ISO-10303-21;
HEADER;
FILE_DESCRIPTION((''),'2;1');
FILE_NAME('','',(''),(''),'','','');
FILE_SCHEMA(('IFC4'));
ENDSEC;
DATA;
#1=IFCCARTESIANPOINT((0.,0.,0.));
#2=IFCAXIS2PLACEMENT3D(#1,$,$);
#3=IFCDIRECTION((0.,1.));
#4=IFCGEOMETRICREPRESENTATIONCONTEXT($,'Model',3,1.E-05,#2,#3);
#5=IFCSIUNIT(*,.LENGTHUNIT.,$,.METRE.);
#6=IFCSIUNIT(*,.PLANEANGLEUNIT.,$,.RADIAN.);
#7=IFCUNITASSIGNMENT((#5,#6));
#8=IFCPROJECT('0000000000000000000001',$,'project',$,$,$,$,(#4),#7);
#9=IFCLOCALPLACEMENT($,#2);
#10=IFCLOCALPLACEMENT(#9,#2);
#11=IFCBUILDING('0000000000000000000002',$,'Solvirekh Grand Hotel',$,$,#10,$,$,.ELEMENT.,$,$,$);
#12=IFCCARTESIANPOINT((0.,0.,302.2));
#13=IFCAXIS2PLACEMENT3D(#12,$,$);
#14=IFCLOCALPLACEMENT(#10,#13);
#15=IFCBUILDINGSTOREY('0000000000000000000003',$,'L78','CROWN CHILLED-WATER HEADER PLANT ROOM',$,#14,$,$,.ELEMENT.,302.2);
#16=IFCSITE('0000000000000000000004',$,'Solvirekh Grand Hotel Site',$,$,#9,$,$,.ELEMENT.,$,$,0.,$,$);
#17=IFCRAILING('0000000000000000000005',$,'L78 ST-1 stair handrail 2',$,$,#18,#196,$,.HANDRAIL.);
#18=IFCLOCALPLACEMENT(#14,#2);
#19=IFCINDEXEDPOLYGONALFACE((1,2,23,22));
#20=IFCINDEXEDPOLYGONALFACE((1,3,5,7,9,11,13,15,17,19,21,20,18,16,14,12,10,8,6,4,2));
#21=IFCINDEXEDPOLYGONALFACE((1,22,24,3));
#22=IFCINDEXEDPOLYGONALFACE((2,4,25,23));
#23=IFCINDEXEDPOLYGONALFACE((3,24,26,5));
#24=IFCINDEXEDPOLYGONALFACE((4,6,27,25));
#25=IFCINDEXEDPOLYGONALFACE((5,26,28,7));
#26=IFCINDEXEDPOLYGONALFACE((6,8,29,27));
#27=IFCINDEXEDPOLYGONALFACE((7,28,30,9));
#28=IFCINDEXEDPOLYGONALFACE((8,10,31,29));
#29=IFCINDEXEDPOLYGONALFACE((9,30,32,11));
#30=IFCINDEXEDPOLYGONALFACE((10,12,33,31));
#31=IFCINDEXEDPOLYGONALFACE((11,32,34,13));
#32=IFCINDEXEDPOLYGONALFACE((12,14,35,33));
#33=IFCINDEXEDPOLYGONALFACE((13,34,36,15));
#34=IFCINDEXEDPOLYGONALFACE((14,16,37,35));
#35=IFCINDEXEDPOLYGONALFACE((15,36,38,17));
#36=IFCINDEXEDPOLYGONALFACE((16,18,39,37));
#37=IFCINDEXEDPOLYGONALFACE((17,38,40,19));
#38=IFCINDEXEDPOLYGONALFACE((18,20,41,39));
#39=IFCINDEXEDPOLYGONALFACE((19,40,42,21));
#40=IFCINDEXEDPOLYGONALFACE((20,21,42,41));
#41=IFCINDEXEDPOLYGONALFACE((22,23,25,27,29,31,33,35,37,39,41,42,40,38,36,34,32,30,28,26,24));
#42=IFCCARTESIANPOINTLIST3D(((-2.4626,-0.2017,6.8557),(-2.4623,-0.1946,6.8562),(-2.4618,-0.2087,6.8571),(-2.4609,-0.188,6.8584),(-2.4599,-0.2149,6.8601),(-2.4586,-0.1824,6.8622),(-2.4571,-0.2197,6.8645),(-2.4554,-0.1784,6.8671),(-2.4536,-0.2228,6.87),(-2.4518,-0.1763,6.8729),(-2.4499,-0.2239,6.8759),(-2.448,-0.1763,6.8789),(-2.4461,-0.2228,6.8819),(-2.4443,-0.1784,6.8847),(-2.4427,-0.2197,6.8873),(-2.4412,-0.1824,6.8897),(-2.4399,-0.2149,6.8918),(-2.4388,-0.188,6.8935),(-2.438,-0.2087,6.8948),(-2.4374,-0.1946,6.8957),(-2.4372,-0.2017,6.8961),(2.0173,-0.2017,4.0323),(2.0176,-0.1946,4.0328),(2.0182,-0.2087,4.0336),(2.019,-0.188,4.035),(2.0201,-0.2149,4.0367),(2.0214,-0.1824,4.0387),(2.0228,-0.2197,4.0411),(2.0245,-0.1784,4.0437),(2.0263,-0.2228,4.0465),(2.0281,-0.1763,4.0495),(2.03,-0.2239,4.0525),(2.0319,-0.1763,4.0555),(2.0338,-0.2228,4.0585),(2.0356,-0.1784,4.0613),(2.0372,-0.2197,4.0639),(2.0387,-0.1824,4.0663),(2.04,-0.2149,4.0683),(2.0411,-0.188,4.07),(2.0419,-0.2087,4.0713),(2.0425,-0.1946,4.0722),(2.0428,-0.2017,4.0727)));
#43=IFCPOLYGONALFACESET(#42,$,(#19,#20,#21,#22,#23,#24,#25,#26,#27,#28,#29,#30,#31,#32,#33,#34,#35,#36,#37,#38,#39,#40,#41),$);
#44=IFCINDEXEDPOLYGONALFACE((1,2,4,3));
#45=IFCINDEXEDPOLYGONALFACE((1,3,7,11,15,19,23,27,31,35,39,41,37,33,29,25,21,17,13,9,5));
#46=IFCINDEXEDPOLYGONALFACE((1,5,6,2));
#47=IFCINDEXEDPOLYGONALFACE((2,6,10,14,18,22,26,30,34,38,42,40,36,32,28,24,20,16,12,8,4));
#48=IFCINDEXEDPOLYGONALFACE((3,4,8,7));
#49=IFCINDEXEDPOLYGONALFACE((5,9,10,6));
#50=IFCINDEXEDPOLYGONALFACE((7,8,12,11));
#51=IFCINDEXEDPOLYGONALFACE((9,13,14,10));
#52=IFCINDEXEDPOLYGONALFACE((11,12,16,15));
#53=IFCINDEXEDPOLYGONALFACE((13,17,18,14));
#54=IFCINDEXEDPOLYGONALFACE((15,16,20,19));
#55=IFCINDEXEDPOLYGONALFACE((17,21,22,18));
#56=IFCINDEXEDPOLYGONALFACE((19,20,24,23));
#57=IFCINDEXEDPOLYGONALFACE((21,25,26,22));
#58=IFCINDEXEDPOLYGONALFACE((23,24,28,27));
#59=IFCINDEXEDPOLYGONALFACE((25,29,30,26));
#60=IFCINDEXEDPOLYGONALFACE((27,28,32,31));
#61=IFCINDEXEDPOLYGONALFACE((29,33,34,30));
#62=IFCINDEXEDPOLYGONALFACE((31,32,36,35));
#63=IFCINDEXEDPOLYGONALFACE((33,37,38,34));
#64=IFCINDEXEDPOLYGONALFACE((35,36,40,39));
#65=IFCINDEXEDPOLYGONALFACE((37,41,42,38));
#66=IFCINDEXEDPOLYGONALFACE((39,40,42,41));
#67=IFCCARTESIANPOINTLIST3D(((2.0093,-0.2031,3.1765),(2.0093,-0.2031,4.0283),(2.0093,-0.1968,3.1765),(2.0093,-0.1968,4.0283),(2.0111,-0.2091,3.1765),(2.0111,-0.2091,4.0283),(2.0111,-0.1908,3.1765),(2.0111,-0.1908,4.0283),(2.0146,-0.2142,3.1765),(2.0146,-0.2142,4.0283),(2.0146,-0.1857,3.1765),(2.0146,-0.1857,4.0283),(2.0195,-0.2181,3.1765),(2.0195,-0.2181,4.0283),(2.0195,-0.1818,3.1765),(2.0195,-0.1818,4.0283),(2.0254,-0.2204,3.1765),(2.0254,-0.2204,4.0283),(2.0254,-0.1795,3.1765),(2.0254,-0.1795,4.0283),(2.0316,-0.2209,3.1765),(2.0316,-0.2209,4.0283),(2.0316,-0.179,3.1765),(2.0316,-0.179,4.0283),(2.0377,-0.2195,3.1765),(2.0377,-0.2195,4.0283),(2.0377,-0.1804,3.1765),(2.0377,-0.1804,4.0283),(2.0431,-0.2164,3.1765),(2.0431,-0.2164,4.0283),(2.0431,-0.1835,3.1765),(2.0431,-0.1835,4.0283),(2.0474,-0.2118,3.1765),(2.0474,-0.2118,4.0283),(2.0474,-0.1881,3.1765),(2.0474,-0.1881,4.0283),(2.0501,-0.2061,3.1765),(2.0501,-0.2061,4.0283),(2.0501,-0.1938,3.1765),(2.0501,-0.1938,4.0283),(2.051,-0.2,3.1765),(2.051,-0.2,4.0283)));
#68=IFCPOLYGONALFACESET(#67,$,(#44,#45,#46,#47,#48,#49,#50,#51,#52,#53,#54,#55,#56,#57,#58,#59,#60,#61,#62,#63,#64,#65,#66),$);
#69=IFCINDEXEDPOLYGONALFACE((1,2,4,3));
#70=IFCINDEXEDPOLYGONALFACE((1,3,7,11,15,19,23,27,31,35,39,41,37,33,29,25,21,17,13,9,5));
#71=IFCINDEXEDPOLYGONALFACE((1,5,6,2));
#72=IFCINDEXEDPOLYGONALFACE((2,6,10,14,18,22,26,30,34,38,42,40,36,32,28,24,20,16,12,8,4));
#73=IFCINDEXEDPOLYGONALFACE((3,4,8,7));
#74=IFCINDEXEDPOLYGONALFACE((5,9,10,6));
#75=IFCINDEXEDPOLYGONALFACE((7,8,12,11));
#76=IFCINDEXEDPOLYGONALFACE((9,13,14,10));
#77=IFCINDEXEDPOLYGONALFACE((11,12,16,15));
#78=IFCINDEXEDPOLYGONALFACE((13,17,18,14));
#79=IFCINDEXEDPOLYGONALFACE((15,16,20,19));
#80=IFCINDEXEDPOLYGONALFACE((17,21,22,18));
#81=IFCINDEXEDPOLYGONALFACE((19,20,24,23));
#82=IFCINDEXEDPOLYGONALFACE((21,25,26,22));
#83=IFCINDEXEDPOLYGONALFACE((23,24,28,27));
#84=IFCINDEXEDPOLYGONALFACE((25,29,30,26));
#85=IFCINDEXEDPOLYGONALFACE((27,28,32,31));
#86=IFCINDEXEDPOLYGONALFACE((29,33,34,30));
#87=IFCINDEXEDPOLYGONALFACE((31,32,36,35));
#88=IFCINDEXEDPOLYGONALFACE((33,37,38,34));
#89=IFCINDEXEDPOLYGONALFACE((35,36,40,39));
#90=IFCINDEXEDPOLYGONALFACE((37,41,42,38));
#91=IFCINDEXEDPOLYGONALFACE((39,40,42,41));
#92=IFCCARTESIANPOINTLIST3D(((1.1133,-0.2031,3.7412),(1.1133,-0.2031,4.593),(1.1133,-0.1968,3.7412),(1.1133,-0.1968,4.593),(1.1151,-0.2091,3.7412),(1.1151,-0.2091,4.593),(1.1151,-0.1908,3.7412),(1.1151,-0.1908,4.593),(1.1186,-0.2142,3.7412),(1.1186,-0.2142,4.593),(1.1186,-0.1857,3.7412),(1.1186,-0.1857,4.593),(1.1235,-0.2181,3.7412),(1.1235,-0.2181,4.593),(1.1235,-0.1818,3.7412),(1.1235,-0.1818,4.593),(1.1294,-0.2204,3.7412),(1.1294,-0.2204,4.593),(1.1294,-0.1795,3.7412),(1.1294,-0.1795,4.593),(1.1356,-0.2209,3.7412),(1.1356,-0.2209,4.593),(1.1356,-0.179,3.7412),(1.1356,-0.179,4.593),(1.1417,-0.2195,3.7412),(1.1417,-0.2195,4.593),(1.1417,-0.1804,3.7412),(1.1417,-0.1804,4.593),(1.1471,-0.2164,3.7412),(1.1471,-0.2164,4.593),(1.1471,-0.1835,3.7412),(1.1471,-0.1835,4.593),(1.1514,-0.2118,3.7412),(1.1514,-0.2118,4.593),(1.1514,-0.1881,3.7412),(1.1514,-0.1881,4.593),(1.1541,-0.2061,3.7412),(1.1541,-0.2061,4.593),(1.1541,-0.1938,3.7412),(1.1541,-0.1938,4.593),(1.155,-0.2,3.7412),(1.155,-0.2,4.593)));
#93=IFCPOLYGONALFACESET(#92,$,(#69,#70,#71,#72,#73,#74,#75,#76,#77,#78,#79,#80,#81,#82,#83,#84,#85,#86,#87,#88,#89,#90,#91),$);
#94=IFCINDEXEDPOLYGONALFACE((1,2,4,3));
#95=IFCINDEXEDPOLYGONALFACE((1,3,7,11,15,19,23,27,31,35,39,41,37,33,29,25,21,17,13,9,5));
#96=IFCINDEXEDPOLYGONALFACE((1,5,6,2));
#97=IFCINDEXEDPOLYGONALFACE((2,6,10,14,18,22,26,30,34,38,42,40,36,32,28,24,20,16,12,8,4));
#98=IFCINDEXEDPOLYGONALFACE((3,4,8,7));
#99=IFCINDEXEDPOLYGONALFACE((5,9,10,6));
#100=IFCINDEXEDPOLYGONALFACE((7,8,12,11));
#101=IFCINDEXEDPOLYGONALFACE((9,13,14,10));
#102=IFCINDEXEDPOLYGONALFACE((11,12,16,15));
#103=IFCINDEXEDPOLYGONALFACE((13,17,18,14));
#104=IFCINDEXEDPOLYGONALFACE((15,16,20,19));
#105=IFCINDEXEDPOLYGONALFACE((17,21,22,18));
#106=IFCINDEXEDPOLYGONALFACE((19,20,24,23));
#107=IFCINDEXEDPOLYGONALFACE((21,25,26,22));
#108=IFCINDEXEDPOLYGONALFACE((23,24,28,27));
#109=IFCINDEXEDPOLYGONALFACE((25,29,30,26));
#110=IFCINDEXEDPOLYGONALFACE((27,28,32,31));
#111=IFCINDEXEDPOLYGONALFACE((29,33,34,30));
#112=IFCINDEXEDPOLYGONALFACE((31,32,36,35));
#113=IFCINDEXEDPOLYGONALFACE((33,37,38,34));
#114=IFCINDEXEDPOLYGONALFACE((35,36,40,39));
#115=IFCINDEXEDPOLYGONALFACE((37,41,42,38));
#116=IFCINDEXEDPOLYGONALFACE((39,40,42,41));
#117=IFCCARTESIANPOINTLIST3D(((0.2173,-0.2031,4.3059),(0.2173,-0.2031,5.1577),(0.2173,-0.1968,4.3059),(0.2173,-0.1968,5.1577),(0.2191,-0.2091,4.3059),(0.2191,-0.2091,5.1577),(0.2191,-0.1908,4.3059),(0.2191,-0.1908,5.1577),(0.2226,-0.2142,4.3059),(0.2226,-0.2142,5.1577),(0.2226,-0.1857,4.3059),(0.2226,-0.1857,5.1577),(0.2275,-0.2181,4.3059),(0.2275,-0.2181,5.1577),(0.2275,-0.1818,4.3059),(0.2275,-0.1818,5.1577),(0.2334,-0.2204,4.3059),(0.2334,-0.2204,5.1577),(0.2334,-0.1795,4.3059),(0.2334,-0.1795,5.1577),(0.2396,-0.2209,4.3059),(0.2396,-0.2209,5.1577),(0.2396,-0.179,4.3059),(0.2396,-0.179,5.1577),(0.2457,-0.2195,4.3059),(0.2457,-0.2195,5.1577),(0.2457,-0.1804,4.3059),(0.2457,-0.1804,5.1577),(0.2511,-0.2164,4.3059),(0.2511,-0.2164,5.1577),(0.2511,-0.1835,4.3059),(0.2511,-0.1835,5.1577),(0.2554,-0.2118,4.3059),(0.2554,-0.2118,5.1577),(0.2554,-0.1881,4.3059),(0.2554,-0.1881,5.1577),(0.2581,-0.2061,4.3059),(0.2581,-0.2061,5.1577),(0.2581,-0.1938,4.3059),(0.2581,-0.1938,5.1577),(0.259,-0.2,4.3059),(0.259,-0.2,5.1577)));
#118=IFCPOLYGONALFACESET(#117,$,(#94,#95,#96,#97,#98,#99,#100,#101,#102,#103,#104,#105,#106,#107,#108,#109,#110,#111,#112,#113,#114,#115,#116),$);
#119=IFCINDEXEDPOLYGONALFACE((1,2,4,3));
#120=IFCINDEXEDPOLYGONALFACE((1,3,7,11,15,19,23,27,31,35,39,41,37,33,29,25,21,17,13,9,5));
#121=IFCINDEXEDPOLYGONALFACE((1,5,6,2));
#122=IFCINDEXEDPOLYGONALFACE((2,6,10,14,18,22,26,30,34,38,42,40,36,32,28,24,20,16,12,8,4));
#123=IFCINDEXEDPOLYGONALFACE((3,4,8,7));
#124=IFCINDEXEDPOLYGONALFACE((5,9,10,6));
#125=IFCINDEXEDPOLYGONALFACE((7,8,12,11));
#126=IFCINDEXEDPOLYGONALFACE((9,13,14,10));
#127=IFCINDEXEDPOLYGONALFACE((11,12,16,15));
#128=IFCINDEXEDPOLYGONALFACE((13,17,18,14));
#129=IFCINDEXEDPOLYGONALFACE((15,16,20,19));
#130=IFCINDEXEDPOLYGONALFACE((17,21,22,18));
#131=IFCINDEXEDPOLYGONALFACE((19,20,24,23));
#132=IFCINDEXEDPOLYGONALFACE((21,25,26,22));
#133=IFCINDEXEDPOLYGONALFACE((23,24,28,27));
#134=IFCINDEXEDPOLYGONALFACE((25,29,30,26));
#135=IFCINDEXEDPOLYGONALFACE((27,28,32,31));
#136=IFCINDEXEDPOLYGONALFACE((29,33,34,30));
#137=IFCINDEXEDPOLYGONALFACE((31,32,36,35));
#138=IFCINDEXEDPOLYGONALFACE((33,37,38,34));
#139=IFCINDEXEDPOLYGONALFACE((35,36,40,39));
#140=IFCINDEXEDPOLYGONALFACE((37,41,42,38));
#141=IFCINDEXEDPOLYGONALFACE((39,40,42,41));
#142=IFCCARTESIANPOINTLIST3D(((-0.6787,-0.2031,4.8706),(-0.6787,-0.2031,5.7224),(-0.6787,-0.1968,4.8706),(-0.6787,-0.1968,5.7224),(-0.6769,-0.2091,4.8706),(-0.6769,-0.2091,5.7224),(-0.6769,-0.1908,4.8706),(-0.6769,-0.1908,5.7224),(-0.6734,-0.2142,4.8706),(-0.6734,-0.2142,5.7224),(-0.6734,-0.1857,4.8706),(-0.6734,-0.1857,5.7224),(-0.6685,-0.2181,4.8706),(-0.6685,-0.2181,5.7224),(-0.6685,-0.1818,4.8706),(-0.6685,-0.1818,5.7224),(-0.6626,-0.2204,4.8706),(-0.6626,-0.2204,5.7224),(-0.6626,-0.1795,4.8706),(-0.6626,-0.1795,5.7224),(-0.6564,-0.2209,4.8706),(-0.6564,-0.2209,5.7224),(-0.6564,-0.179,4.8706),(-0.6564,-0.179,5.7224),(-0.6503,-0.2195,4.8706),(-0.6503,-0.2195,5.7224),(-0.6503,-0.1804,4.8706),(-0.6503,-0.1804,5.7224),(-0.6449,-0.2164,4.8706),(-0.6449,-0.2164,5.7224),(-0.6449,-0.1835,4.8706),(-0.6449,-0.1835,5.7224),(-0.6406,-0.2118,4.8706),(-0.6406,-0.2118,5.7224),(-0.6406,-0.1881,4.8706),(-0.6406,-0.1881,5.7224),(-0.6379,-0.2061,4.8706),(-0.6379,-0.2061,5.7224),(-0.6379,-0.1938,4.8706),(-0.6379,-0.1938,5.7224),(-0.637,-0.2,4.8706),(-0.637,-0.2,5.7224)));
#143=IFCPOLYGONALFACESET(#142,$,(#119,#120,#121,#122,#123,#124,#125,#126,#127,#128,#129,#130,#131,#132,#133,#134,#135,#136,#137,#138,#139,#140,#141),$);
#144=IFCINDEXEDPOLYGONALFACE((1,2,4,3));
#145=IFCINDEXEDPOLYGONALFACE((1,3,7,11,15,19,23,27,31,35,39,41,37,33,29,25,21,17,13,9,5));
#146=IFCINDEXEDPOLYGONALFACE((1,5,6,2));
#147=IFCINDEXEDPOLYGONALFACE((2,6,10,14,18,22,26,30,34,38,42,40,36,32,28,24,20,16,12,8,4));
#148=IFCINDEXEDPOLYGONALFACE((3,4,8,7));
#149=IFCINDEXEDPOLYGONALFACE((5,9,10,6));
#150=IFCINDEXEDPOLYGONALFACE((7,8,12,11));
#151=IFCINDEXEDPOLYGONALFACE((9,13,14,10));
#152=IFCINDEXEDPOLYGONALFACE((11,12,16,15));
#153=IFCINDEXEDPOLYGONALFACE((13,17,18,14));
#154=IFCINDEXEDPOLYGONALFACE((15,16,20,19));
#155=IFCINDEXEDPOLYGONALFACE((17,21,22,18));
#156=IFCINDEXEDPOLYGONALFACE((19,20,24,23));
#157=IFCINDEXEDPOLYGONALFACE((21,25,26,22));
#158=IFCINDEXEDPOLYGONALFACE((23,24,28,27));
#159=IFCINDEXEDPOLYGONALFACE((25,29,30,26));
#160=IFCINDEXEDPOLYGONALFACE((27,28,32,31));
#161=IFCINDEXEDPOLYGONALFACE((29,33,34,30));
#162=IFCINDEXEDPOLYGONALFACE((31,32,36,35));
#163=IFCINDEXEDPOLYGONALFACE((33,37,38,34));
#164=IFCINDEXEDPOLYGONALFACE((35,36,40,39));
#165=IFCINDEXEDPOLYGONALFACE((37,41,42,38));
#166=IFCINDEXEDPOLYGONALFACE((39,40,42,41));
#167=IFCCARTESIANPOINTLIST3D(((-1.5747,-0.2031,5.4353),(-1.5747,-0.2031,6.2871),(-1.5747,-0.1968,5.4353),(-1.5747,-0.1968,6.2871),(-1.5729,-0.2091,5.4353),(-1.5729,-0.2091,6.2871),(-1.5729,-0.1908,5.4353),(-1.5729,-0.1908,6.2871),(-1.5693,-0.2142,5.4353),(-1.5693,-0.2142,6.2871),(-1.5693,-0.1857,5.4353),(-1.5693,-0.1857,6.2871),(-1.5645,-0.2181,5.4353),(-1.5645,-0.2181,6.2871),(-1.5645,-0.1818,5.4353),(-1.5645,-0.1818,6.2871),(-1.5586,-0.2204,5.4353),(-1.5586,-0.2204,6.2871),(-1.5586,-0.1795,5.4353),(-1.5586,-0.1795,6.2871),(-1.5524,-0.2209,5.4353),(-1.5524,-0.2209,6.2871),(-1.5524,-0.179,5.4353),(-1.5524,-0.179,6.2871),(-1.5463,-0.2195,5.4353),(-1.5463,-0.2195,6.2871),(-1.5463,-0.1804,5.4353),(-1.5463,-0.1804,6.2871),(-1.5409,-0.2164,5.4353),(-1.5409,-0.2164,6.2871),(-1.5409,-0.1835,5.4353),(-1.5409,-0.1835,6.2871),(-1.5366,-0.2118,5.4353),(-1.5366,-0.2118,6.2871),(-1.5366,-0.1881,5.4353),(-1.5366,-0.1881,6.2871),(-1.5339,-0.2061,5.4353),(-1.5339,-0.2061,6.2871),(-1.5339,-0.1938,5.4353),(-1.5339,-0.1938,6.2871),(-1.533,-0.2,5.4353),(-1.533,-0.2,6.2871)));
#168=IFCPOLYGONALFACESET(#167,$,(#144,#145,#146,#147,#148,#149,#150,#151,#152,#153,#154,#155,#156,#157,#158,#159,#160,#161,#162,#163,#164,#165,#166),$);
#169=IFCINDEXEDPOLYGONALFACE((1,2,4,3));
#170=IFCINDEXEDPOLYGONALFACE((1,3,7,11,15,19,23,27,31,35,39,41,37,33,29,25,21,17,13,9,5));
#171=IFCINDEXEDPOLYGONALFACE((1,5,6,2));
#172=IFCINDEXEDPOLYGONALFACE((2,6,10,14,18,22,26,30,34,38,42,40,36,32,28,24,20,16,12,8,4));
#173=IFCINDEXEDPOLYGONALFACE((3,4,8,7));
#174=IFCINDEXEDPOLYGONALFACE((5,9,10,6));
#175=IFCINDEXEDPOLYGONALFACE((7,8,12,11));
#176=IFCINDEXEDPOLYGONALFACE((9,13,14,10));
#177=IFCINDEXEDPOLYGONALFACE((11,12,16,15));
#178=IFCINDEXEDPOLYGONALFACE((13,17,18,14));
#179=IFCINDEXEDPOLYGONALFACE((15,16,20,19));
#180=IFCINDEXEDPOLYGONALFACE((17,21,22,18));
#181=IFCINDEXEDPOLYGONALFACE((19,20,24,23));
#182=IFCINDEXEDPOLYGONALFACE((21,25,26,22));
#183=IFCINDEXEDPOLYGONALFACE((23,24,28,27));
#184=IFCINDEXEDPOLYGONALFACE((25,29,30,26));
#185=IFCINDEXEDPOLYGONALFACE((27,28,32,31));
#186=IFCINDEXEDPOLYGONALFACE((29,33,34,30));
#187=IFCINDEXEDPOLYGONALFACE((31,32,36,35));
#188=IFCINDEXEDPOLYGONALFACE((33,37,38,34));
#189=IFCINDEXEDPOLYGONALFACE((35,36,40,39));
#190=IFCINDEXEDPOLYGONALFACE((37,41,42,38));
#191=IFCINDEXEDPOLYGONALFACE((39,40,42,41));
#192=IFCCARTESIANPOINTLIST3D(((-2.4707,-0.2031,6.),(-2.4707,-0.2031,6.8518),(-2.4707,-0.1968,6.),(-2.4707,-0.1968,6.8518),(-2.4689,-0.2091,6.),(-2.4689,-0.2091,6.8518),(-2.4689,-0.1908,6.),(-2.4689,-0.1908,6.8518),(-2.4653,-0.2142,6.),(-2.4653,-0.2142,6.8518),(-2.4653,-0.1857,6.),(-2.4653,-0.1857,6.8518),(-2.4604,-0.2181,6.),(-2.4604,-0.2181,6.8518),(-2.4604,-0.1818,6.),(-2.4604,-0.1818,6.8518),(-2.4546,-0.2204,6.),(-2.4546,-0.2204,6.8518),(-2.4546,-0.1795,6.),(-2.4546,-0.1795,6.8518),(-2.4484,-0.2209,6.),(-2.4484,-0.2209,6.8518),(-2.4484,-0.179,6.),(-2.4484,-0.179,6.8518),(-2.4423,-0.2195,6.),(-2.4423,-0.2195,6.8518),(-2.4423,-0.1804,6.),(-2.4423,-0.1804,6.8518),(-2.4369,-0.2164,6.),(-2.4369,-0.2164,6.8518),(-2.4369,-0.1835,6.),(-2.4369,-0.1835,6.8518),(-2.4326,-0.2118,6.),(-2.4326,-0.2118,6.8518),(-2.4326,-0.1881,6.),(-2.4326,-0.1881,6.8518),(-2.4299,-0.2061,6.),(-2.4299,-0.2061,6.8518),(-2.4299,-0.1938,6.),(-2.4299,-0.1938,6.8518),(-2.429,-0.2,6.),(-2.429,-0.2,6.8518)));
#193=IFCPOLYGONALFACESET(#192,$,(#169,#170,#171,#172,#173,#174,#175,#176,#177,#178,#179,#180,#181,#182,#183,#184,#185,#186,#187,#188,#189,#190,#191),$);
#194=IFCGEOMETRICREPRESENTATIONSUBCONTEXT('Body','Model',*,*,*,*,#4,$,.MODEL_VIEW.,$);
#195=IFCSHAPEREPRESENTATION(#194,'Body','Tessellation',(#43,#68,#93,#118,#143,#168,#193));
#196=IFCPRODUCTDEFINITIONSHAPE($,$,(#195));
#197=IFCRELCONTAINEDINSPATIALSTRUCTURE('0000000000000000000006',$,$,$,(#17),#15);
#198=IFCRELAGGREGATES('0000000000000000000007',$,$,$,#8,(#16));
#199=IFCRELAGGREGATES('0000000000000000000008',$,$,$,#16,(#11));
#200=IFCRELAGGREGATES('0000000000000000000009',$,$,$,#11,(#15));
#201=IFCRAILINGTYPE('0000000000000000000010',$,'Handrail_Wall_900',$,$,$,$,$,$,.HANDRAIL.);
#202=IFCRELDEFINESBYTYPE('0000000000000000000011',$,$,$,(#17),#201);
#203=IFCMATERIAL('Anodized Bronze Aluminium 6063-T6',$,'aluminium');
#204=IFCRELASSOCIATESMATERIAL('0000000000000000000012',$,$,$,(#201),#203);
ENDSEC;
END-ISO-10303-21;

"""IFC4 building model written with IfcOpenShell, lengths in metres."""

from ifc_helpers import new_model, si_unit, direction, frame, origin, origin_2d, place, context, subcontext, project, spatial, circle, extrude, material, type_object, element, save


model = new_model("IFC4")

# Units and contexts
model_context = context("Model", 3, precision=1e-05, world=origin(), true_north=direction((0.0, 1.0)))
body_context = subcontext(model_context, "Body", "Model", "MODEL_VIEW")
ifc_project = project(units=[si_unit("LENGTHUNIT", "METRE"), si_unit("PLANEANGLEUNIT", "RADIAN")], contexts=[model_context])

# Site, building, storey
site_placement = place(None, origin())
site = spatial("IfcSite", under=ifc_project, at=site_placement, Name="Solvirekh Grand Hotel Site", CompositionType="ELEMENT", RefElevation=0.0)
building_placement = place(site_placement, origin())
building = spatial("IfcBuilding", under=site, at=building_placement, Name="Solvirekh Grand Hotel", CompositionType="ELEMENT")
storey_placement = place(building_placement, frame((0.0, 0.0, 302.2)))
storey = spatial("IfcBuildingStorey", under=building, at=storey_placement, Name="L78", Description="CROWN CHILLED-WATER HEADER PLANT ROOM", CompositionType="ELEMENT", Elevation=302.2)

# Shared definitions
ifc_material_1 = material(Name="Anodized Bronze Aluminium 6063-T6", Category="aluminium")

# Railing
railing_type_1 = type_object("IfcRailingType", Name="Handrail_Wall_900", PredefinedType="HANDRAIL", material=ifc_material_1)
railing_1_placement = place(storey_placement, frame((2.03, -0.2, 3.1765)))
element("IfcRailing", 1, at=railing_1_placement, inside=storey, type_object=railing_type_1, Name="L78 ST-1 stair handrail 2", PredefinedType="HANDRAIL", context=body_context, shape_type="SweptSolid", body=[
    extrude(circle(Radius=0.0239, at=origin_2d()), frame((0.0, 0.0, 0.876), z_axis=(-0.845998, 0.0, 0.533186), x_axis=(0.0, -1.0, 0.0)), (0.0, 0.0, 1.0), 5.2954),
    extrude(circle(Radius=0.021, at=origin_2d()), origin(), (0.0, 0.0, 1.0), 0.8518),
    extrude(circle(Radius=0.021, at=origin_2d()), frame((-0.896, 0.0, 0.5647)), (0.0, 0.0, 1.0), 0.8518),
    extrude(circle(Radius=0.021, at=origin_2d()), frame((-1.792, 0.0, 1.1294)), (0.0, 0.0, 1.0), 0.8518),
    extrude(circle(Radius=0.021, at=origin_2d()), frame((-2.688, 0.0, 1.6941)), (0.0, 0.0, 1.0), 0.8518),
    extrude(circle(Radius=0.021, at=origin_2d()), frame((-3.584, 0.0, 2.2588)), (0.0, 0.0, 1.0), 0.8518),
    extrude(circle(Radius=0.021, at=origin_2d()), frame((-4.48, 0.0, 2.8235)), (0.0, 0.0, 1.0), 0.8518),
])

save(model, "model.ifc")
